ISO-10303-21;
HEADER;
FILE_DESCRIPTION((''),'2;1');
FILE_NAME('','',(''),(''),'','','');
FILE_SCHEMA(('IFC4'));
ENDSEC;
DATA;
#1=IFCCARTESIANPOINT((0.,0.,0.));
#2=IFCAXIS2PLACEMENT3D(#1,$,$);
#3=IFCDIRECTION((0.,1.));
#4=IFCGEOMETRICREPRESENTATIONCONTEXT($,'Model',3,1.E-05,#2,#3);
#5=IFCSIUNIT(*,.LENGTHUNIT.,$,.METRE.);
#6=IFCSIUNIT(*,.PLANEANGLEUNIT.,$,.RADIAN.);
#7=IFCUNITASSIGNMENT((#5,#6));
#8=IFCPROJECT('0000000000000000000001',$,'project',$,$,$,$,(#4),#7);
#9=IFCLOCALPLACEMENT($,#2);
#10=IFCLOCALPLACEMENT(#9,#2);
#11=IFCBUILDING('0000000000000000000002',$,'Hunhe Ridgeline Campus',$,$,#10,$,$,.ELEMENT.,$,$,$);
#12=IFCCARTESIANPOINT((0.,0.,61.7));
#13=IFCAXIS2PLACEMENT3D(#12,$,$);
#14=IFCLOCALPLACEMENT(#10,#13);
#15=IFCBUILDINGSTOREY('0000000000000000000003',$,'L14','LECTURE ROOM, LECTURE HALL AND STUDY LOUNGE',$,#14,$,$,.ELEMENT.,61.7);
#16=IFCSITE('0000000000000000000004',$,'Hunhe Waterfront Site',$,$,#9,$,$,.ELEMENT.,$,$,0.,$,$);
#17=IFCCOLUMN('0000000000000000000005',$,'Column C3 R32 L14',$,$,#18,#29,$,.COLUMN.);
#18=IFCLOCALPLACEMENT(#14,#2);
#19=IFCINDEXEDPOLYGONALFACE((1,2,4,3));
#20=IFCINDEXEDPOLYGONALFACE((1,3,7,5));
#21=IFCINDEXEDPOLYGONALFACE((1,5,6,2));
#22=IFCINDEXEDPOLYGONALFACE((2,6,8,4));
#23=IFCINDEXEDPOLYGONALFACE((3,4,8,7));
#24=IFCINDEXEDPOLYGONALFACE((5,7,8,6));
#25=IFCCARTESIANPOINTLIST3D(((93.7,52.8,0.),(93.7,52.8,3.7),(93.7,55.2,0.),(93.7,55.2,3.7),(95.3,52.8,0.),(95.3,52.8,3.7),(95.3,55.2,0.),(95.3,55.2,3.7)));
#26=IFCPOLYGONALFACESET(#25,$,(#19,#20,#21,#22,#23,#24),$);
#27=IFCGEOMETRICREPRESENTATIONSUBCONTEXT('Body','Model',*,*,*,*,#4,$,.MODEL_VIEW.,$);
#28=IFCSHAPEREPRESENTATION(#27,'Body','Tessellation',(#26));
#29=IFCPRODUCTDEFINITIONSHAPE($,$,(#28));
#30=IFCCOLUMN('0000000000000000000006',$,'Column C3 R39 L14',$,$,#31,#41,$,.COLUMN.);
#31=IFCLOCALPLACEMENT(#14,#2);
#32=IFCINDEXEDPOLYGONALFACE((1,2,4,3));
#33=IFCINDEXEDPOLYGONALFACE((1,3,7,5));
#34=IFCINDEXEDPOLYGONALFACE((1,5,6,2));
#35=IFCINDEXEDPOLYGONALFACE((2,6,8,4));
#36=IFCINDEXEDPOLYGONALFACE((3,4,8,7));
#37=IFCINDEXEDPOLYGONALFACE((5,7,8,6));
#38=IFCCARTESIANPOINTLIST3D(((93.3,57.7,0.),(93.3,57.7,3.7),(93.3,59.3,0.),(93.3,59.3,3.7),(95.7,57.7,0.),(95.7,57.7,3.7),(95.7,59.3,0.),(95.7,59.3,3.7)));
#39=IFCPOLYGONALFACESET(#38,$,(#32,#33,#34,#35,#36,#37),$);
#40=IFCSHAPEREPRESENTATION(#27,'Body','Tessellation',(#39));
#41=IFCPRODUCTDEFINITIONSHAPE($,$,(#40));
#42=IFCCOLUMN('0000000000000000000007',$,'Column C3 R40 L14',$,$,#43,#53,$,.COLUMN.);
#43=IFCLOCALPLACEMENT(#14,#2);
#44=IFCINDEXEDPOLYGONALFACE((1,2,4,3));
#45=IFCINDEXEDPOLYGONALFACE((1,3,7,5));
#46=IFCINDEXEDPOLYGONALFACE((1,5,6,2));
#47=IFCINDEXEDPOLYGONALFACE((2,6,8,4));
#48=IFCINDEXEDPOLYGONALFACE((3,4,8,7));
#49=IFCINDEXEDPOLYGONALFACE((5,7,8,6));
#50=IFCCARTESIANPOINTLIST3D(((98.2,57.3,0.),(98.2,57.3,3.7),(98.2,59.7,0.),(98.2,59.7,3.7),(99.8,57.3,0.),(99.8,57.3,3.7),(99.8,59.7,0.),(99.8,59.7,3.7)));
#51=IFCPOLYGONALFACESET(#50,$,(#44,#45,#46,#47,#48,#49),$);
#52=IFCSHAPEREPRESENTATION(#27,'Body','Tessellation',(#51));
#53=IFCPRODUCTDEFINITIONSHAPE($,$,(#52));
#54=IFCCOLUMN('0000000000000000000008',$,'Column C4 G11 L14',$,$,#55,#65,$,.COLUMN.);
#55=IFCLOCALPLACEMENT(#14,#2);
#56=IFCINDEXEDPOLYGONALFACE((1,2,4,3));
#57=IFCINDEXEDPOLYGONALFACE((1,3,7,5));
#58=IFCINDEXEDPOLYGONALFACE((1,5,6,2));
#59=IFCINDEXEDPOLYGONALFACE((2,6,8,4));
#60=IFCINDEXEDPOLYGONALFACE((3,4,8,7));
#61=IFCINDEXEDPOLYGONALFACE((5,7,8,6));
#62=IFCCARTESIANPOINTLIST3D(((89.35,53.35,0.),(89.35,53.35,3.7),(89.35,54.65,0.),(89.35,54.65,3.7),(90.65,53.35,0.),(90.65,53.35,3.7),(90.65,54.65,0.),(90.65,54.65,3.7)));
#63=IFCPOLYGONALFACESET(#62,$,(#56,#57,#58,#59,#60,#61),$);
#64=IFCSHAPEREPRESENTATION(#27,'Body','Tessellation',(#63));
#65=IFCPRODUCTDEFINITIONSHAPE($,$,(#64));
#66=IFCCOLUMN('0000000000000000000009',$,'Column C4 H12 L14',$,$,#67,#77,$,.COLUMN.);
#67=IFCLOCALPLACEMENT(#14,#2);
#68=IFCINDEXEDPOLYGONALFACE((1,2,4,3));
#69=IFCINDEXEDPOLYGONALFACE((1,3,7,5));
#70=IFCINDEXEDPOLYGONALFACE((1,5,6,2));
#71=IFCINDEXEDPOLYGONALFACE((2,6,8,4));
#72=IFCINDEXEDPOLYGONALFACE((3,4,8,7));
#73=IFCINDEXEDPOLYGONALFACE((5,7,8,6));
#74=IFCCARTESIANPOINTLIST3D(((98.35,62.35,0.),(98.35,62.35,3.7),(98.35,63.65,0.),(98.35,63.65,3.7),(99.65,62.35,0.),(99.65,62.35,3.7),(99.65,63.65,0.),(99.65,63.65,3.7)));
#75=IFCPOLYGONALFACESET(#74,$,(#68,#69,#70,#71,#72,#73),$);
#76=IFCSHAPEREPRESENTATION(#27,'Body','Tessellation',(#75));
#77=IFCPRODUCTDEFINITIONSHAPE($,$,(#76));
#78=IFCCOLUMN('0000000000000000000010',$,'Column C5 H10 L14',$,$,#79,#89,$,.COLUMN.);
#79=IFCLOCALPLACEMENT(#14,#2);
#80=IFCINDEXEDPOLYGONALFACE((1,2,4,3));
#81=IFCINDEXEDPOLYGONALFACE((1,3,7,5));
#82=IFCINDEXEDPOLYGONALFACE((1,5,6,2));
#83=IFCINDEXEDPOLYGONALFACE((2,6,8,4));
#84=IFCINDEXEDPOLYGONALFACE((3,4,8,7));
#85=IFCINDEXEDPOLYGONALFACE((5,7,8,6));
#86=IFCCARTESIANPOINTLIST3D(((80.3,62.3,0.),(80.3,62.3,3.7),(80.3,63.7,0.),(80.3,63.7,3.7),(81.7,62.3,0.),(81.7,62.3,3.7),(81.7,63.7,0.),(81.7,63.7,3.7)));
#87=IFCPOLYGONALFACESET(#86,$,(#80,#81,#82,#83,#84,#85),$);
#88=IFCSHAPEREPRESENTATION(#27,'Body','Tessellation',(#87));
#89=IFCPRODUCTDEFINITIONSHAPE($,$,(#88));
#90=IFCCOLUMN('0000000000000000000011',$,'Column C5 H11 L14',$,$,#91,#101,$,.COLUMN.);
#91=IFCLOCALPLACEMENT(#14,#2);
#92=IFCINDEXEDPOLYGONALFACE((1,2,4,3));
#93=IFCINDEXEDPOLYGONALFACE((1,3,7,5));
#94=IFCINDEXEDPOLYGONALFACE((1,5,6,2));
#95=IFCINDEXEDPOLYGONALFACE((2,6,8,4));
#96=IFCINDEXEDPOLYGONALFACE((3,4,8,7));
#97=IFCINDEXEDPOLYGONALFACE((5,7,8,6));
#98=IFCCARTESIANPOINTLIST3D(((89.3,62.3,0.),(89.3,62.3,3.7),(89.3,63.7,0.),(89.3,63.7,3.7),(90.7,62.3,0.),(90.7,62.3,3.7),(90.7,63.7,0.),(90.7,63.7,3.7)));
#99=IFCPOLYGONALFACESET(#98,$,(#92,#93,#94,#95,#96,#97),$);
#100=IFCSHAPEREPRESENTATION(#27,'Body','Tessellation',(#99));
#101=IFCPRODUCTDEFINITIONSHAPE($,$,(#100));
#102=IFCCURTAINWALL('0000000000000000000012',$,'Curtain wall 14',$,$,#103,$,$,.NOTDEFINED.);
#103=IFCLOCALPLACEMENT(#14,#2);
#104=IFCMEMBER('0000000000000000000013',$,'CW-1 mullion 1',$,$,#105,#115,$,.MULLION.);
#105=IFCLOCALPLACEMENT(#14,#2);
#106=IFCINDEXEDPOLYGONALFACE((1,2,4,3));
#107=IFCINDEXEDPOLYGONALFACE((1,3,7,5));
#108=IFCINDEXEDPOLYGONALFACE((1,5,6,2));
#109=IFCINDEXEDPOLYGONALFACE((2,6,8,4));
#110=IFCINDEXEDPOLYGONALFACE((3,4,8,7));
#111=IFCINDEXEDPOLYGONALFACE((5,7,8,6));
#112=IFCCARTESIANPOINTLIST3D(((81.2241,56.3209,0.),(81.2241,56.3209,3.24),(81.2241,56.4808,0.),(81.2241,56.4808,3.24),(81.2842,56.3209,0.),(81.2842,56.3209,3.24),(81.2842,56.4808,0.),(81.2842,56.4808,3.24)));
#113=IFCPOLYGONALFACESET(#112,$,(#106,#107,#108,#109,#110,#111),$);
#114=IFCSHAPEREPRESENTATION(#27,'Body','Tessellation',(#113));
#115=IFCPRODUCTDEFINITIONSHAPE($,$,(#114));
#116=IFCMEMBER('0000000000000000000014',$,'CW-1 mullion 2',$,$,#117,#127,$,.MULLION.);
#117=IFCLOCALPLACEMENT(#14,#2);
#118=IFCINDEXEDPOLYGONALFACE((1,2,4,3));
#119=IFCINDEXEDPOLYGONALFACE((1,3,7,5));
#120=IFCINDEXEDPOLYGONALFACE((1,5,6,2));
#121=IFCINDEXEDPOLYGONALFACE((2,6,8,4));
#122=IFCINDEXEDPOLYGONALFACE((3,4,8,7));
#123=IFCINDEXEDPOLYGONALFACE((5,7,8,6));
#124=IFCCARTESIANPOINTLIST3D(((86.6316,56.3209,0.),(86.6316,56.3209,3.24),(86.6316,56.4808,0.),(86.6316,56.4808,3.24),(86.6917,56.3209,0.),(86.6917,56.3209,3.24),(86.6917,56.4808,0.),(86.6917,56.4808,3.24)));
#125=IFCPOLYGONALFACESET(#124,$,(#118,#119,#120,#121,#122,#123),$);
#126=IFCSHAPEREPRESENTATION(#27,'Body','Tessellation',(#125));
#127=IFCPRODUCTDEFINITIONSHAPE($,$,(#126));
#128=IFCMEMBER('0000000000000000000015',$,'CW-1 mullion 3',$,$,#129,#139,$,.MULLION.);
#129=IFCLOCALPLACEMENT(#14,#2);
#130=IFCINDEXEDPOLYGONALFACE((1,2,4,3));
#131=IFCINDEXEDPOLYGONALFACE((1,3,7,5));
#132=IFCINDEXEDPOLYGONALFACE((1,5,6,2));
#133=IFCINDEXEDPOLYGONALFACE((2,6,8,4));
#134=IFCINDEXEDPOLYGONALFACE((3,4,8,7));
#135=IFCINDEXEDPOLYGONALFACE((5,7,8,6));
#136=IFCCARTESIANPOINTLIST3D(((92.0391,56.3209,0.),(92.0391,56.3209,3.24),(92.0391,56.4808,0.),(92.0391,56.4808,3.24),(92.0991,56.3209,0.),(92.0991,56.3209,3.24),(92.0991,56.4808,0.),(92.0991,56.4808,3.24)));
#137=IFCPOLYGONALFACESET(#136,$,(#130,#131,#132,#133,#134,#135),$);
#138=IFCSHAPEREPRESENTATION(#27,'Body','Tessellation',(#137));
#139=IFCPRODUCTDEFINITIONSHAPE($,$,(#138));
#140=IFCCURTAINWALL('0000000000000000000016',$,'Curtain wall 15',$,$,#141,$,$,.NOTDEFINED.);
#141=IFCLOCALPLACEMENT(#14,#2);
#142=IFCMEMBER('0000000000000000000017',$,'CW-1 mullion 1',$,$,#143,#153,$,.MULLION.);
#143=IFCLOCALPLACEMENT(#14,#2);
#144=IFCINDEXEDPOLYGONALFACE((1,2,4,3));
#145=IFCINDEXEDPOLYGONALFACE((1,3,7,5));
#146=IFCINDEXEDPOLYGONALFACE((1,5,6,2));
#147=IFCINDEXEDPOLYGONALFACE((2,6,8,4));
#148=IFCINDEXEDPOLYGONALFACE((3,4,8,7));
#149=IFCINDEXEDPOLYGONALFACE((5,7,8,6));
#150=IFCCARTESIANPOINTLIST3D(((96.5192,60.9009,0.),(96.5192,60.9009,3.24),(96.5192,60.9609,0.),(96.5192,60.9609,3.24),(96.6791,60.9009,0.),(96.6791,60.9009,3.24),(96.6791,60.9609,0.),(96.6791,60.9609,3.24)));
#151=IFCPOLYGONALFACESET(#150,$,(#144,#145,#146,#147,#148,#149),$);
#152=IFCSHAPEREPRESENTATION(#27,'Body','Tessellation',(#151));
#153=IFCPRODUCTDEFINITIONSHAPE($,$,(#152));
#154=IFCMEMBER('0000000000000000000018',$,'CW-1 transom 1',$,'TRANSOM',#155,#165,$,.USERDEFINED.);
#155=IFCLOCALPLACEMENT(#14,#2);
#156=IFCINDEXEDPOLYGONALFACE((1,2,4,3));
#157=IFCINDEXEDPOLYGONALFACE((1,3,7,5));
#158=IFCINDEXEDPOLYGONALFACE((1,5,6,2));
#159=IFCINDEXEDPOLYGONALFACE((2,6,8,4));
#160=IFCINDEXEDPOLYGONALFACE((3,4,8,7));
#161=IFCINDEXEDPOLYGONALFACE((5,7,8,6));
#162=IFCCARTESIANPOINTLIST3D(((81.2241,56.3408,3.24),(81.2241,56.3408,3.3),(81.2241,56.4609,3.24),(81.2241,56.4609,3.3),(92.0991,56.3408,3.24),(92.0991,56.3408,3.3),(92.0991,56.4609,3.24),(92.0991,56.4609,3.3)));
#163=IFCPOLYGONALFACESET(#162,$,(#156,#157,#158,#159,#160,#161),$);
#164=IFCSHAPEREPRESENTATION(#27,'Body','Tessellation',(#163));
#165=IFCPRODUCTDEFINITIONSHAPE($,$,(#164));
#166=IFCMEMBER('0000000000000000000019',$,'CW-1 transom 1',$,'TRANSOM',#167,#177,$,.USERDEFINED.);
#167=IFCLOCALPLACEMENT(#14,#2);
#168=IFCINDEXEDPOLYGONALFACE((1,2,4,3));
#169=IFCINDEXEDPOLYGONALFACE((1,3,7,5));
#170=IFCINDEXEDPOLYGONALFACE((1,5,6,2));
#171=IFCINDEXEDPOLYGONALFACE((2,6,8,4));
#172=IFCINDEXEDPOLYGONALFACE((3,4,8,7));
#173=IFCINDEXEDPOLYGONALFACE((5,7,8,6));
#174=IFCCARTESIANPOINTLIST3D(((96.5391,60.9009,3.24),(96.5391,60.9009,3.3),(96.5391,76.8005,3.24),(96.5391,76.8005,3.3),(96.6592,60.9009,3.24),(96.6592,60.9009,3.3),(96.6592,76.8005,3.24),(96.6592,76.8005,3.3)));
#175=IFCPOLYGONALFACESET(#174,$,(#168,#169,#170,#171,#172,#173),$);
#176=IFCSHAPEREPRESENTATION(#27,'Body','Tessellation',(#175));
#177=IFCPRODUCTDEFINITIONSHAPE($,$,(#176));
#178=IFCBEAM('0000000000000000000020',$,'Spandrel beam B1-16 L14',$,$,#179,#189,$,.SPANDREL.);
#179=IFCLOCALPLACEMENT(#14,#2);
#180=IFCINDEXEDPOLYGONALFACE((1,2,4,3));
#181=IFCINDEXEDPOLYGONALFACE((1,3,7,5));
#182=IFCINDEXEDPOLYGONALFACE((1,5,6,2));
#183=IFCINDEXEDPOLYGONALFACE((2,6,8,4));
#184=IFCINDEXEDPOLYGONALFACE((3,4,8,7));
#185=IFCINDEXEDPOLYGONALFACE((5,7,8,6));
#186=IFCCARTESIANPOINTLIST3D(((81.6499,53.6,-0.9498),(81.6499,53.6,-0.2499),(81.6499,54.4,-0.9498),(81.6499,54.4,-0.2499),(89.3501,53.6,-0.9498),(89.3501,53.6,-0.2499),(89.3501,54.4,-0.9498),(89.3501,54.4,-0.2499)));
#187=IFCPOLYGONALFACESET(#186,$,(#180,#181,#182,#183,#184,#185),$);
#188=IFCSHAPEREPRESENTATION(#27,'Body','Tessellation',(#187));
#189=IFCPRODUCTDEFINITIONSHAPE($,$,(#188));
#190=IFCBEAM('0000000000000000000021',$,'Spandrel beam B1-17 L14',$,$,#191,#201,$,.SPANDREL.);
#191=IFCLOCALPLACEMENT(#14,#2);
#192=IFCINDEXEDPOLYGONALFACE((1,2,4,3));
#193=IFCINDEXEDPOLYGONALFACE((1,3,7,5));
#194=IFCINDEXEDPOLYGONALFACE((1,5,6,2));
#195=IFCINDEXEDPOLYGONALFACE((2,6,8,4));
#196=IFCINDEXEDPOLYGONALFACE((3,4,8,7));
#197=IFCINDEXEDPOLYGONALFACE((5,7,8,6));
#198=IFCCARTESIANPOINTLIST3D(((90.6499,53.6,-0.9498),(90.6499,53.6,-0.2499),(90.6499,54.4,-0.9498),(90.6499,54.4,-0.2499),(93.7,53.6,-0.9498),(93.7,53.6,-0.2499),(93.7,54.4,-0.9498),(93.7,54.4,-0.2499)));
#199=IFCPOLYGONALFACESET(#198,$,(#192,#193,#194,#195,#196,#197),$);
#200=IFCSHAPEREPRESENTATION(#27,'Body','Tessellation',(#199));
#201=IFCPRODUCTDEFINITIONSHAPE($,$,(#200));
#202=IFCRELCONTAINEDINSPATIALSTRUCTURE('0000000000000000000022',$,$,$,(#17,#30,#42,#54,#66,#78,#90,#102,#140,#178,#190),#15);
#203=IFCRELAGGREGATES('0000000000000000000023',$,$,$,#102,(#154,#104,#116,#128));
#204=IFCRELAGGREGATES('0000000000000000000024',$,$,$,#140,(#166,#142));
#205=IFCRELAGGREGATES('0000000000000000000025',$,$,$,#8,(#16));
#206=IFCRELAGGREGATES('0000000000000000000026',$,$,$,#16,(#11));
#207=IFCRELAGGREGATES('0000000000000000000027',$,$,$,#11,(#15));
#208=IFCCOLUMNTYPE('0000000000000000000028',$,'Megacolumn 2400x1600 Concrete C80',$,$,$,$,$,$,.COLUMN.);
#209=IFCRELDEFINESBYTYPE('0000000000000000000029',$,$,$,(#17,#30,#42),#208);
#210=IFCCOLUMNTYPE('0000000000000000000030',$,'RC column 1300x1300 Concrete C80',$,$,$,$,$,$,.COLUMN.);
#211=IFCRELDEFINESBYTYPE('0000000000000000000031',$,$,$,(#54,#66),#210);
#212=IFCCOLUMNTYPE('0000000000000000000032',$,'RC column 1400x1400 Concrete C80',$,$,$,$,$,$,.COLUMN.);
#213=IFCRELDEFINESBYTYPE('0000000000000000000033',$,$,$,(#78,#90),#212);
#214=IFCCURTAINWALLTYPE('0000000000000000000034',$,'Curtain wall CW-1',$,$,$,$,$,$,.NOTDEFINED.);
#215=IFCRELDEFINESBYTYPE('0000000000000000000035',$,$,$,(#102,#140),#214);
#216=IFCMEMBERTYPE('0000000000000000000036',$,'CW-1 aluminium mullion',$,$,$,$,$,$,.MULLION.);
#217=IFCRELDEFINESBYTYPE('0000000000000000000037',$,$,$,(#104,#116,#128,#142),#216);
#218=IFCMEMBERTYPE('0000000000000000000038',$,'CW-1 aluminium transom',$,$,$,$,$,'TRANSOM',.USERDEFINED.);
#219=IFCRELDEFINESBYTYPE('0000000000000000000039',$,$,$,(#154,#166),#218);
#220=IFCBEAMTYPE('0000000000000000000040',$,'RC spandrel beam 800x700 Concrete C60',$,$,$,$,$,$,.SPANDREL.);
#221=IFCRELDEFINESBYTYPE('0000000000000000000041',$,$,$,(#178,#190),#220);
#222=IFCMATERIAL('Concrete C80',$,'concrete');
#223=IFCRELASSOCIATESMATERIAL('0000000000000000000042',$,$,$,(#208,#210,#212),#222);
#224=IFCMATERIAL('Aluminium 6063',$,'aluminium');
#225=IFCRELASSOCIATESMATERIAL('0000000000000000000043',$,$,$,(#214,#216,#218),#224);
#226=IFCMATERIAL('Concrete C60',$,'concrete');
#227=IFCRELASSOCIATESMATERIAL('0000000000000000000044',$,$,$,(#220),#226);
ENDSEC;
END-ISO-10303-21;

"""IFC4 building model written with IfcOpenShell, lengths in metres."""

from ifc_helpers import new_model, si_unit, direction, frame, origin, origin_2d, place, context, subcontext, project, spatial, rectangle, extrude, material, material_profile, profile_set, type_object, element, aggregate, save


model = new_model("IFC4")

# Units and contexts
model_context = context("Model", 3, precision=1e-05, world=origin(), true_north=direction((0.0, 1.0)))
body_context = subcontext(model_context, "Body", "Model", "MODEL_VIEW")
ifc_project = project(units=[si_unit("LENGTHUNIT", "METRE"), si_unit("PLANEANGLEUNIT", "RADIAN")], contexts=[model_context])

# Site, building, storey
site_placement = place(None, origin())
site = spatial("IfcSite", under=ifc_project, at=site_placement, Name="Hunhe Waterfront Site", CompositionType="ELEMENT", RefElevation=0.0)
building_placement = place(site_placement, origin())
building = spatial("IfcBuilding", under=site, at=building_placement, Name="Hunhe Ridgeline Campus", CompositionType="ELEMENT")
storey_placement = place(building_placement, frame((0.0, 0.0, 61.7)))
storey = spatial("IfcBuildingStorey", under=building, at=storey_placement, Name="L14", Description="LECTURE ROOM, LECTURE HALL AND STUDY LOUNGE", CompositionType="ELEMENT", Elevation=61.7)

# Columns
ifc_material_1 = material(Name="Concrete C80", Category="concrete")
ifc_material_profile_1 = material_profile(ifc_material_1, rectangle(XDim=2.3999, YDim=1.6001, at=origin_2d()))
ifc_profile_set_1 = profile_set([ifc_material_profile_1], Name="Concrete C80")
column_type_1 = type_object("IfcColumnType", Name="Megacolumn 2400x1600 Concrete C80", PredefinedType="COLUMN", material=ifc_profile_set_1)
for number, where, z_axis, x_axis, name in (
    (1, (94.5, 54.0, 0.0), (0.0, 0.0, 1.0), (0.0, 1.0, 0.0), "Column C3 R32 L14"),
    (2, (94.5, 58.5, 0.0), (0.0, 0.0, 1.0), (1.0, 0.0, 0.0), "Column C3 R39 L14"),
    (3, (99.0, 58.5, 0.0), (0.0, 0.0, 1.0), (0.0, 1.0, 0.0), "Column C3 R40 L14"),
):
    element("IfcColumn", number, at=place(storey_placement, frame(where, z_axis=z_axis, x_axis=x_axis)), inside=storey, type_object=column_type_1, Name=name, PredefinedType="COLUMN", context=body_context, shape_type="SweptSolid", body=[
        extrude(rectangle(XDim=2.3999, YDim=1.6001, at=origin_2d()), origin(), (0.0, 0.0, 1.0), 3.7),
    ])
ifc_material_profile_2 = material_profile(ifc_material_1, rectangle(XDim=1.3, YDim=1.3, at=origin_2d()))
ifc_profile_set_2 = profile_set([ifc_material_profile_2], Name="Concrete C80")
column_type_2 = type_object("IfcColumnType", Name="RC column 1300x1300 Concrete C80", PredefinedType="COLUMN", material=ifc_profile_set_2)
for number, where, z_axis, x_axis, name in (
    (4, (90.0, 54.0, 0.0), (0.0, 0.0, 1.0), (1.0, 0.0, 0.0), "Column C4 G11 L14"),
    (5, (99.0, 63.0, 0.0), (0.0, 0.0, 1.0), (1.0, 0.0, 0.0), "Column C4 H12 L14"),
):
    element("IfcColumn", number, at=place(storey_placement, frame(where, z_axis=z_axis, x_axis=x_axis)), inside=storey, type_object=column_type_2, Name=name, PredefinedType="COLUMN", context=body_context, shape_type="SweptSolid", body=[
        extrude(rectangle(XDim=1.3, YDim=1.3, at=origin_2d()), origin(), (0.0, 0.0, 1.0), 3.7),
    ])
ifc_material_profile_3 = material_profile(ifc_material_1, rectangle(XDim=1.3999, YDim=1.3999, at=origin_2d()))
ifc_profile_set_3 = profile_set([ifc_material_profile_3], Name="Concrete C80")
column_type_3 = type_object("IfcColumnType", Name="RC column 1400x1400 Concrete C80", PredefinedType="COLUMN", material=ifc_profile_set_3)
for number, where, z_axis, x_axis, name in (
    (6, (81.0, 63.0, 0.0), (0.0, 0.0, 1.0), (1.0, 0.0, 0.0), "Column C5 H10 L14"),
    (7, (90.0, 63.0, 0.0), (0.0, 0.0, 1.0), (1.0, 0.0, 0.0), "Column C5 H11 L14"),
):
    element("IfcColumn", number, at=place(storey_placement, frame(where, z_axis=z_axis, x_axis=x_axis)), inside=storey, type_object=column_type_3, Name=name, PredefinedType="COLUMN", context=body_context, shape_type="SweptSolid", body=[
        extrude(rectangle(XDim=1.3999, YDim=1.3999, at=origin_2d()), origin(), (0.0, 0.0, 1.0), 3.7),
    ])

# Curtain wall, members
ifc_material_2 = material(Name="Aluminium 6063", Category="aluminium")
curtain_wall_type = type_object("IfcCurtainWallType", Name="Curtain wall CW-1", PredefinedType="NOTDEFINED", material=ifc_material_2)
curtain_wall_1_placement = place(storey_placement, origin())
curtain_wall_1 = element("IfcCurtainWall", 8, at=curtain_wall_1_placement, inside=storey, type_object=curtain_wall_type, Name="Curtain wall 14", PredefinedType="NOTDEFINED")
ifc_material_profile_4 = material_profile(ifc_material_2, rectangle(XDim=0.1599, YDim=0.0601, at=origin_2d()))
ifc_profile_set_4 = profile_set([ifc_material_profile_4], Name="Aluminium 6063")
member_type_1 = type_object("IfcMemberType", Name="CW-1 aluminium mullion", PredefinedType="MULLION", material=ifc_profile_set_4)
member_1_placement = place(storey_placement, frame((81.2542, 56.4009, 0.0), z_axis=(0.0, 0.0, 1.0), x_axis=(-0.000004, 1.0, 0.0)))
member_1 = element("IfcMember", 9, at=member_1_placement, type_object=member_type_1, Name="CW-1 mullion 1", PredefinedType="MULLION", context=body_context, shape_type="SweptSolid", body=[
    extrude(rectangle(XDim=0.1599, YDim=0.0601, at=origin_2d()), origin(), (0.0, 0.0, 1.0), 3.24),
])
member_2_placement = place(storey_placement, frame((86.6616, 56.4009, 0.0), z_axis=(0.0, 0.0, 1.0), x_axis=(-0.000004, 1.0, 0.0)))
member_2 = element("IfcMember", 10, at=member_2_placement, type_object=member_type_1, Name="CW-1 mullion 2", PredefinedType="MULLION", context=body_context, shape_type="SweptSolid", body=[
    extrude(rectangle(XDim=0.1599, YDim=0.0601, at=origin_2d()), origin(), (0.0, 0.0, 1.0), 3.24),
])
member_3_placement = place(storey_placement, frame((92.0691, 56.4009, 0.0), z_axis=(0.0, 0.0, 1.0), x_axis=(-0.000004, 1.0, 0.0)))
member_3 = element("IfcMember", 11, at=member_3_placement, type_object=member_type_1, Name="CW-1 mullion 3", PredefinedType="MULLION", context=body_context, shape_type="SweptSolid", body=[
    extrude(rectangle(XDim=0.1599, YDim=0.0601, at=origin_2d()), origin(), (0.0, 0.0, 1.0), 3.24),
])

# Curtain wall, member
curtain_wall_2_placement = place(storey_placement, origin())
curtain_wall_2 = element("IfcCurtainWall", 12, at=curtain_wall_2_placement, inside=storey, type_object=curtain_wall_type, Name="Curtain wall 15", PredefinedType="NOTDEFINED")
member_4_placement = place(storey_placement, frame((96.5991, 60.9309, 0.0), z_axis=(0.0, 0.0, 1.0), x_axis=(-1.0, 0.0, 0.0)))
member_4 = element("IfcMember", 13, at=member_4_placement, type_object=member_type_1, Name="CW-1 mullion 1", PredefinedType="MULLION", context=body_context, shape_type="SweptSolid", body=[
    extrude(rectangle(XDim=0.1599, YDim=0.0601, at=origin_2d()), origin(), (0.0, 0.0, 1.0), 3.24),
])

# Members
ifc_material_profile_5 = material_profile(ifc_material_2, rectangle(XDim=0.1201, YDim=0.0601, at=origin_2d()))
ifc_profile_set_5 = profile_set([ifc_material_profile_5], Name="Aluminium 6063")
member_type_2 = type_object("IfcMemberType", Name="CW-1 aluminium transom", ElementType="TRANSOM", PredefinedType="USERDEFINED", material=ifc_profile_set_5)
member_5_placement = place(storey_placement, frame((81.2241, 56.4009, 3.27), z_axis=(1.0, 0.0, 0.0), x_axis=(0.0, 1.0, 0.0)))
member_5 = element("IfcMember", 14, at=member_5_placement, type_object=member_type_2, Name="CW-1 transom 1", ObjectType="TRANSOM", PredefinedType="USERDEFINED", context=body_context, shape_type="SweptSolid", body=[
    extrude(rectangle(XDim=0.1201, YDim=0.0601, at=origin_2d()), origin(), (0.0, 0.0, 1.0), 10.875),
])
member_6_placement = place(storey_placement, frame((96.5991, 60.9009, 3.27), z_axis=(0.0, 1.0, 0.0), x_axis=(-1.0, 0.0, 0.0)))
member_6 = element("IfcMember", 15, at=member_6_placement, type_object=member_type_2, Name="CW-1 transom 1", ObjectType="TRANSOM", PredefinedType="USERDEFINED", context=body_context, shape_type="SweptSolid", body=[
    extrude(rectangle(XDim=0.1201, YDim=0.0601, at=origin_2d()), origin(), (0.0, 0.0, 1.0), 15.8997),
])

# Beams
ifc_material_3 = material(Name="Concrete C60", Category="concrete")
ifc_material_profile_6 = material_profile(ifc_material_3, rectangle(XDim=0.8, YDim=0.7, at=origin_2d()))
ifc_profile_set_6 = profile_set([ifc_material_profile_6], Name="Concrete C60")
beam_type = type_object("IfcBeamType", Name="RC spandrel beam 800x700 Concrete C60", PredefinedType="SPANDREL", material=ifc_profile_set_6)
beam_1_placement = place(storey_placement, frame((81.6499, 54.0, -0.5999), z_axis=(1.0, 0.0, 0.0), x_axis=(0.0, 1.0, 0.0)))
element("IfcBeam", 16, at=beam_1_placement, inside=storey, type_object=beam_type, Name="Spandrel beam B1-16 L14", PredefinedType="SPANDREL", context=body_context, shape_type="SweptSolid", body=[
    extrude(rectangle(XDim=0.8, YDim=0.7, at=origin_2d()), origin(), (0.0, 0.0, 1.0), 7.7002),
])
beam_2_placement = place(storey_placement, frame((90.6499, 54.0, -0.5999), z_axis=(1.0, 0.0, 0.0), x_axis=(0.0, 1.0, 0.0)))
element("IfcBeam", 17, at=beam_2_placement, inside=storey, type_object=beam_type, Name="Spandrel beam B1-17 L14", PredefinedType="SPANDREL", context=body_context, shape_type="SweptSolid", body=[
    extrude(rectangle(XDim=0.8, YDim=0.7, at=origin_2d()), origin(), (0.0, 0.0, 1.0), 3.05),
])

aggregate(curtain_wall_1, [member_5, member_1, member_2, member_3])
aggregate(curtain_wall_2, [member_6, member_4])

save(model, "model.ifc")
